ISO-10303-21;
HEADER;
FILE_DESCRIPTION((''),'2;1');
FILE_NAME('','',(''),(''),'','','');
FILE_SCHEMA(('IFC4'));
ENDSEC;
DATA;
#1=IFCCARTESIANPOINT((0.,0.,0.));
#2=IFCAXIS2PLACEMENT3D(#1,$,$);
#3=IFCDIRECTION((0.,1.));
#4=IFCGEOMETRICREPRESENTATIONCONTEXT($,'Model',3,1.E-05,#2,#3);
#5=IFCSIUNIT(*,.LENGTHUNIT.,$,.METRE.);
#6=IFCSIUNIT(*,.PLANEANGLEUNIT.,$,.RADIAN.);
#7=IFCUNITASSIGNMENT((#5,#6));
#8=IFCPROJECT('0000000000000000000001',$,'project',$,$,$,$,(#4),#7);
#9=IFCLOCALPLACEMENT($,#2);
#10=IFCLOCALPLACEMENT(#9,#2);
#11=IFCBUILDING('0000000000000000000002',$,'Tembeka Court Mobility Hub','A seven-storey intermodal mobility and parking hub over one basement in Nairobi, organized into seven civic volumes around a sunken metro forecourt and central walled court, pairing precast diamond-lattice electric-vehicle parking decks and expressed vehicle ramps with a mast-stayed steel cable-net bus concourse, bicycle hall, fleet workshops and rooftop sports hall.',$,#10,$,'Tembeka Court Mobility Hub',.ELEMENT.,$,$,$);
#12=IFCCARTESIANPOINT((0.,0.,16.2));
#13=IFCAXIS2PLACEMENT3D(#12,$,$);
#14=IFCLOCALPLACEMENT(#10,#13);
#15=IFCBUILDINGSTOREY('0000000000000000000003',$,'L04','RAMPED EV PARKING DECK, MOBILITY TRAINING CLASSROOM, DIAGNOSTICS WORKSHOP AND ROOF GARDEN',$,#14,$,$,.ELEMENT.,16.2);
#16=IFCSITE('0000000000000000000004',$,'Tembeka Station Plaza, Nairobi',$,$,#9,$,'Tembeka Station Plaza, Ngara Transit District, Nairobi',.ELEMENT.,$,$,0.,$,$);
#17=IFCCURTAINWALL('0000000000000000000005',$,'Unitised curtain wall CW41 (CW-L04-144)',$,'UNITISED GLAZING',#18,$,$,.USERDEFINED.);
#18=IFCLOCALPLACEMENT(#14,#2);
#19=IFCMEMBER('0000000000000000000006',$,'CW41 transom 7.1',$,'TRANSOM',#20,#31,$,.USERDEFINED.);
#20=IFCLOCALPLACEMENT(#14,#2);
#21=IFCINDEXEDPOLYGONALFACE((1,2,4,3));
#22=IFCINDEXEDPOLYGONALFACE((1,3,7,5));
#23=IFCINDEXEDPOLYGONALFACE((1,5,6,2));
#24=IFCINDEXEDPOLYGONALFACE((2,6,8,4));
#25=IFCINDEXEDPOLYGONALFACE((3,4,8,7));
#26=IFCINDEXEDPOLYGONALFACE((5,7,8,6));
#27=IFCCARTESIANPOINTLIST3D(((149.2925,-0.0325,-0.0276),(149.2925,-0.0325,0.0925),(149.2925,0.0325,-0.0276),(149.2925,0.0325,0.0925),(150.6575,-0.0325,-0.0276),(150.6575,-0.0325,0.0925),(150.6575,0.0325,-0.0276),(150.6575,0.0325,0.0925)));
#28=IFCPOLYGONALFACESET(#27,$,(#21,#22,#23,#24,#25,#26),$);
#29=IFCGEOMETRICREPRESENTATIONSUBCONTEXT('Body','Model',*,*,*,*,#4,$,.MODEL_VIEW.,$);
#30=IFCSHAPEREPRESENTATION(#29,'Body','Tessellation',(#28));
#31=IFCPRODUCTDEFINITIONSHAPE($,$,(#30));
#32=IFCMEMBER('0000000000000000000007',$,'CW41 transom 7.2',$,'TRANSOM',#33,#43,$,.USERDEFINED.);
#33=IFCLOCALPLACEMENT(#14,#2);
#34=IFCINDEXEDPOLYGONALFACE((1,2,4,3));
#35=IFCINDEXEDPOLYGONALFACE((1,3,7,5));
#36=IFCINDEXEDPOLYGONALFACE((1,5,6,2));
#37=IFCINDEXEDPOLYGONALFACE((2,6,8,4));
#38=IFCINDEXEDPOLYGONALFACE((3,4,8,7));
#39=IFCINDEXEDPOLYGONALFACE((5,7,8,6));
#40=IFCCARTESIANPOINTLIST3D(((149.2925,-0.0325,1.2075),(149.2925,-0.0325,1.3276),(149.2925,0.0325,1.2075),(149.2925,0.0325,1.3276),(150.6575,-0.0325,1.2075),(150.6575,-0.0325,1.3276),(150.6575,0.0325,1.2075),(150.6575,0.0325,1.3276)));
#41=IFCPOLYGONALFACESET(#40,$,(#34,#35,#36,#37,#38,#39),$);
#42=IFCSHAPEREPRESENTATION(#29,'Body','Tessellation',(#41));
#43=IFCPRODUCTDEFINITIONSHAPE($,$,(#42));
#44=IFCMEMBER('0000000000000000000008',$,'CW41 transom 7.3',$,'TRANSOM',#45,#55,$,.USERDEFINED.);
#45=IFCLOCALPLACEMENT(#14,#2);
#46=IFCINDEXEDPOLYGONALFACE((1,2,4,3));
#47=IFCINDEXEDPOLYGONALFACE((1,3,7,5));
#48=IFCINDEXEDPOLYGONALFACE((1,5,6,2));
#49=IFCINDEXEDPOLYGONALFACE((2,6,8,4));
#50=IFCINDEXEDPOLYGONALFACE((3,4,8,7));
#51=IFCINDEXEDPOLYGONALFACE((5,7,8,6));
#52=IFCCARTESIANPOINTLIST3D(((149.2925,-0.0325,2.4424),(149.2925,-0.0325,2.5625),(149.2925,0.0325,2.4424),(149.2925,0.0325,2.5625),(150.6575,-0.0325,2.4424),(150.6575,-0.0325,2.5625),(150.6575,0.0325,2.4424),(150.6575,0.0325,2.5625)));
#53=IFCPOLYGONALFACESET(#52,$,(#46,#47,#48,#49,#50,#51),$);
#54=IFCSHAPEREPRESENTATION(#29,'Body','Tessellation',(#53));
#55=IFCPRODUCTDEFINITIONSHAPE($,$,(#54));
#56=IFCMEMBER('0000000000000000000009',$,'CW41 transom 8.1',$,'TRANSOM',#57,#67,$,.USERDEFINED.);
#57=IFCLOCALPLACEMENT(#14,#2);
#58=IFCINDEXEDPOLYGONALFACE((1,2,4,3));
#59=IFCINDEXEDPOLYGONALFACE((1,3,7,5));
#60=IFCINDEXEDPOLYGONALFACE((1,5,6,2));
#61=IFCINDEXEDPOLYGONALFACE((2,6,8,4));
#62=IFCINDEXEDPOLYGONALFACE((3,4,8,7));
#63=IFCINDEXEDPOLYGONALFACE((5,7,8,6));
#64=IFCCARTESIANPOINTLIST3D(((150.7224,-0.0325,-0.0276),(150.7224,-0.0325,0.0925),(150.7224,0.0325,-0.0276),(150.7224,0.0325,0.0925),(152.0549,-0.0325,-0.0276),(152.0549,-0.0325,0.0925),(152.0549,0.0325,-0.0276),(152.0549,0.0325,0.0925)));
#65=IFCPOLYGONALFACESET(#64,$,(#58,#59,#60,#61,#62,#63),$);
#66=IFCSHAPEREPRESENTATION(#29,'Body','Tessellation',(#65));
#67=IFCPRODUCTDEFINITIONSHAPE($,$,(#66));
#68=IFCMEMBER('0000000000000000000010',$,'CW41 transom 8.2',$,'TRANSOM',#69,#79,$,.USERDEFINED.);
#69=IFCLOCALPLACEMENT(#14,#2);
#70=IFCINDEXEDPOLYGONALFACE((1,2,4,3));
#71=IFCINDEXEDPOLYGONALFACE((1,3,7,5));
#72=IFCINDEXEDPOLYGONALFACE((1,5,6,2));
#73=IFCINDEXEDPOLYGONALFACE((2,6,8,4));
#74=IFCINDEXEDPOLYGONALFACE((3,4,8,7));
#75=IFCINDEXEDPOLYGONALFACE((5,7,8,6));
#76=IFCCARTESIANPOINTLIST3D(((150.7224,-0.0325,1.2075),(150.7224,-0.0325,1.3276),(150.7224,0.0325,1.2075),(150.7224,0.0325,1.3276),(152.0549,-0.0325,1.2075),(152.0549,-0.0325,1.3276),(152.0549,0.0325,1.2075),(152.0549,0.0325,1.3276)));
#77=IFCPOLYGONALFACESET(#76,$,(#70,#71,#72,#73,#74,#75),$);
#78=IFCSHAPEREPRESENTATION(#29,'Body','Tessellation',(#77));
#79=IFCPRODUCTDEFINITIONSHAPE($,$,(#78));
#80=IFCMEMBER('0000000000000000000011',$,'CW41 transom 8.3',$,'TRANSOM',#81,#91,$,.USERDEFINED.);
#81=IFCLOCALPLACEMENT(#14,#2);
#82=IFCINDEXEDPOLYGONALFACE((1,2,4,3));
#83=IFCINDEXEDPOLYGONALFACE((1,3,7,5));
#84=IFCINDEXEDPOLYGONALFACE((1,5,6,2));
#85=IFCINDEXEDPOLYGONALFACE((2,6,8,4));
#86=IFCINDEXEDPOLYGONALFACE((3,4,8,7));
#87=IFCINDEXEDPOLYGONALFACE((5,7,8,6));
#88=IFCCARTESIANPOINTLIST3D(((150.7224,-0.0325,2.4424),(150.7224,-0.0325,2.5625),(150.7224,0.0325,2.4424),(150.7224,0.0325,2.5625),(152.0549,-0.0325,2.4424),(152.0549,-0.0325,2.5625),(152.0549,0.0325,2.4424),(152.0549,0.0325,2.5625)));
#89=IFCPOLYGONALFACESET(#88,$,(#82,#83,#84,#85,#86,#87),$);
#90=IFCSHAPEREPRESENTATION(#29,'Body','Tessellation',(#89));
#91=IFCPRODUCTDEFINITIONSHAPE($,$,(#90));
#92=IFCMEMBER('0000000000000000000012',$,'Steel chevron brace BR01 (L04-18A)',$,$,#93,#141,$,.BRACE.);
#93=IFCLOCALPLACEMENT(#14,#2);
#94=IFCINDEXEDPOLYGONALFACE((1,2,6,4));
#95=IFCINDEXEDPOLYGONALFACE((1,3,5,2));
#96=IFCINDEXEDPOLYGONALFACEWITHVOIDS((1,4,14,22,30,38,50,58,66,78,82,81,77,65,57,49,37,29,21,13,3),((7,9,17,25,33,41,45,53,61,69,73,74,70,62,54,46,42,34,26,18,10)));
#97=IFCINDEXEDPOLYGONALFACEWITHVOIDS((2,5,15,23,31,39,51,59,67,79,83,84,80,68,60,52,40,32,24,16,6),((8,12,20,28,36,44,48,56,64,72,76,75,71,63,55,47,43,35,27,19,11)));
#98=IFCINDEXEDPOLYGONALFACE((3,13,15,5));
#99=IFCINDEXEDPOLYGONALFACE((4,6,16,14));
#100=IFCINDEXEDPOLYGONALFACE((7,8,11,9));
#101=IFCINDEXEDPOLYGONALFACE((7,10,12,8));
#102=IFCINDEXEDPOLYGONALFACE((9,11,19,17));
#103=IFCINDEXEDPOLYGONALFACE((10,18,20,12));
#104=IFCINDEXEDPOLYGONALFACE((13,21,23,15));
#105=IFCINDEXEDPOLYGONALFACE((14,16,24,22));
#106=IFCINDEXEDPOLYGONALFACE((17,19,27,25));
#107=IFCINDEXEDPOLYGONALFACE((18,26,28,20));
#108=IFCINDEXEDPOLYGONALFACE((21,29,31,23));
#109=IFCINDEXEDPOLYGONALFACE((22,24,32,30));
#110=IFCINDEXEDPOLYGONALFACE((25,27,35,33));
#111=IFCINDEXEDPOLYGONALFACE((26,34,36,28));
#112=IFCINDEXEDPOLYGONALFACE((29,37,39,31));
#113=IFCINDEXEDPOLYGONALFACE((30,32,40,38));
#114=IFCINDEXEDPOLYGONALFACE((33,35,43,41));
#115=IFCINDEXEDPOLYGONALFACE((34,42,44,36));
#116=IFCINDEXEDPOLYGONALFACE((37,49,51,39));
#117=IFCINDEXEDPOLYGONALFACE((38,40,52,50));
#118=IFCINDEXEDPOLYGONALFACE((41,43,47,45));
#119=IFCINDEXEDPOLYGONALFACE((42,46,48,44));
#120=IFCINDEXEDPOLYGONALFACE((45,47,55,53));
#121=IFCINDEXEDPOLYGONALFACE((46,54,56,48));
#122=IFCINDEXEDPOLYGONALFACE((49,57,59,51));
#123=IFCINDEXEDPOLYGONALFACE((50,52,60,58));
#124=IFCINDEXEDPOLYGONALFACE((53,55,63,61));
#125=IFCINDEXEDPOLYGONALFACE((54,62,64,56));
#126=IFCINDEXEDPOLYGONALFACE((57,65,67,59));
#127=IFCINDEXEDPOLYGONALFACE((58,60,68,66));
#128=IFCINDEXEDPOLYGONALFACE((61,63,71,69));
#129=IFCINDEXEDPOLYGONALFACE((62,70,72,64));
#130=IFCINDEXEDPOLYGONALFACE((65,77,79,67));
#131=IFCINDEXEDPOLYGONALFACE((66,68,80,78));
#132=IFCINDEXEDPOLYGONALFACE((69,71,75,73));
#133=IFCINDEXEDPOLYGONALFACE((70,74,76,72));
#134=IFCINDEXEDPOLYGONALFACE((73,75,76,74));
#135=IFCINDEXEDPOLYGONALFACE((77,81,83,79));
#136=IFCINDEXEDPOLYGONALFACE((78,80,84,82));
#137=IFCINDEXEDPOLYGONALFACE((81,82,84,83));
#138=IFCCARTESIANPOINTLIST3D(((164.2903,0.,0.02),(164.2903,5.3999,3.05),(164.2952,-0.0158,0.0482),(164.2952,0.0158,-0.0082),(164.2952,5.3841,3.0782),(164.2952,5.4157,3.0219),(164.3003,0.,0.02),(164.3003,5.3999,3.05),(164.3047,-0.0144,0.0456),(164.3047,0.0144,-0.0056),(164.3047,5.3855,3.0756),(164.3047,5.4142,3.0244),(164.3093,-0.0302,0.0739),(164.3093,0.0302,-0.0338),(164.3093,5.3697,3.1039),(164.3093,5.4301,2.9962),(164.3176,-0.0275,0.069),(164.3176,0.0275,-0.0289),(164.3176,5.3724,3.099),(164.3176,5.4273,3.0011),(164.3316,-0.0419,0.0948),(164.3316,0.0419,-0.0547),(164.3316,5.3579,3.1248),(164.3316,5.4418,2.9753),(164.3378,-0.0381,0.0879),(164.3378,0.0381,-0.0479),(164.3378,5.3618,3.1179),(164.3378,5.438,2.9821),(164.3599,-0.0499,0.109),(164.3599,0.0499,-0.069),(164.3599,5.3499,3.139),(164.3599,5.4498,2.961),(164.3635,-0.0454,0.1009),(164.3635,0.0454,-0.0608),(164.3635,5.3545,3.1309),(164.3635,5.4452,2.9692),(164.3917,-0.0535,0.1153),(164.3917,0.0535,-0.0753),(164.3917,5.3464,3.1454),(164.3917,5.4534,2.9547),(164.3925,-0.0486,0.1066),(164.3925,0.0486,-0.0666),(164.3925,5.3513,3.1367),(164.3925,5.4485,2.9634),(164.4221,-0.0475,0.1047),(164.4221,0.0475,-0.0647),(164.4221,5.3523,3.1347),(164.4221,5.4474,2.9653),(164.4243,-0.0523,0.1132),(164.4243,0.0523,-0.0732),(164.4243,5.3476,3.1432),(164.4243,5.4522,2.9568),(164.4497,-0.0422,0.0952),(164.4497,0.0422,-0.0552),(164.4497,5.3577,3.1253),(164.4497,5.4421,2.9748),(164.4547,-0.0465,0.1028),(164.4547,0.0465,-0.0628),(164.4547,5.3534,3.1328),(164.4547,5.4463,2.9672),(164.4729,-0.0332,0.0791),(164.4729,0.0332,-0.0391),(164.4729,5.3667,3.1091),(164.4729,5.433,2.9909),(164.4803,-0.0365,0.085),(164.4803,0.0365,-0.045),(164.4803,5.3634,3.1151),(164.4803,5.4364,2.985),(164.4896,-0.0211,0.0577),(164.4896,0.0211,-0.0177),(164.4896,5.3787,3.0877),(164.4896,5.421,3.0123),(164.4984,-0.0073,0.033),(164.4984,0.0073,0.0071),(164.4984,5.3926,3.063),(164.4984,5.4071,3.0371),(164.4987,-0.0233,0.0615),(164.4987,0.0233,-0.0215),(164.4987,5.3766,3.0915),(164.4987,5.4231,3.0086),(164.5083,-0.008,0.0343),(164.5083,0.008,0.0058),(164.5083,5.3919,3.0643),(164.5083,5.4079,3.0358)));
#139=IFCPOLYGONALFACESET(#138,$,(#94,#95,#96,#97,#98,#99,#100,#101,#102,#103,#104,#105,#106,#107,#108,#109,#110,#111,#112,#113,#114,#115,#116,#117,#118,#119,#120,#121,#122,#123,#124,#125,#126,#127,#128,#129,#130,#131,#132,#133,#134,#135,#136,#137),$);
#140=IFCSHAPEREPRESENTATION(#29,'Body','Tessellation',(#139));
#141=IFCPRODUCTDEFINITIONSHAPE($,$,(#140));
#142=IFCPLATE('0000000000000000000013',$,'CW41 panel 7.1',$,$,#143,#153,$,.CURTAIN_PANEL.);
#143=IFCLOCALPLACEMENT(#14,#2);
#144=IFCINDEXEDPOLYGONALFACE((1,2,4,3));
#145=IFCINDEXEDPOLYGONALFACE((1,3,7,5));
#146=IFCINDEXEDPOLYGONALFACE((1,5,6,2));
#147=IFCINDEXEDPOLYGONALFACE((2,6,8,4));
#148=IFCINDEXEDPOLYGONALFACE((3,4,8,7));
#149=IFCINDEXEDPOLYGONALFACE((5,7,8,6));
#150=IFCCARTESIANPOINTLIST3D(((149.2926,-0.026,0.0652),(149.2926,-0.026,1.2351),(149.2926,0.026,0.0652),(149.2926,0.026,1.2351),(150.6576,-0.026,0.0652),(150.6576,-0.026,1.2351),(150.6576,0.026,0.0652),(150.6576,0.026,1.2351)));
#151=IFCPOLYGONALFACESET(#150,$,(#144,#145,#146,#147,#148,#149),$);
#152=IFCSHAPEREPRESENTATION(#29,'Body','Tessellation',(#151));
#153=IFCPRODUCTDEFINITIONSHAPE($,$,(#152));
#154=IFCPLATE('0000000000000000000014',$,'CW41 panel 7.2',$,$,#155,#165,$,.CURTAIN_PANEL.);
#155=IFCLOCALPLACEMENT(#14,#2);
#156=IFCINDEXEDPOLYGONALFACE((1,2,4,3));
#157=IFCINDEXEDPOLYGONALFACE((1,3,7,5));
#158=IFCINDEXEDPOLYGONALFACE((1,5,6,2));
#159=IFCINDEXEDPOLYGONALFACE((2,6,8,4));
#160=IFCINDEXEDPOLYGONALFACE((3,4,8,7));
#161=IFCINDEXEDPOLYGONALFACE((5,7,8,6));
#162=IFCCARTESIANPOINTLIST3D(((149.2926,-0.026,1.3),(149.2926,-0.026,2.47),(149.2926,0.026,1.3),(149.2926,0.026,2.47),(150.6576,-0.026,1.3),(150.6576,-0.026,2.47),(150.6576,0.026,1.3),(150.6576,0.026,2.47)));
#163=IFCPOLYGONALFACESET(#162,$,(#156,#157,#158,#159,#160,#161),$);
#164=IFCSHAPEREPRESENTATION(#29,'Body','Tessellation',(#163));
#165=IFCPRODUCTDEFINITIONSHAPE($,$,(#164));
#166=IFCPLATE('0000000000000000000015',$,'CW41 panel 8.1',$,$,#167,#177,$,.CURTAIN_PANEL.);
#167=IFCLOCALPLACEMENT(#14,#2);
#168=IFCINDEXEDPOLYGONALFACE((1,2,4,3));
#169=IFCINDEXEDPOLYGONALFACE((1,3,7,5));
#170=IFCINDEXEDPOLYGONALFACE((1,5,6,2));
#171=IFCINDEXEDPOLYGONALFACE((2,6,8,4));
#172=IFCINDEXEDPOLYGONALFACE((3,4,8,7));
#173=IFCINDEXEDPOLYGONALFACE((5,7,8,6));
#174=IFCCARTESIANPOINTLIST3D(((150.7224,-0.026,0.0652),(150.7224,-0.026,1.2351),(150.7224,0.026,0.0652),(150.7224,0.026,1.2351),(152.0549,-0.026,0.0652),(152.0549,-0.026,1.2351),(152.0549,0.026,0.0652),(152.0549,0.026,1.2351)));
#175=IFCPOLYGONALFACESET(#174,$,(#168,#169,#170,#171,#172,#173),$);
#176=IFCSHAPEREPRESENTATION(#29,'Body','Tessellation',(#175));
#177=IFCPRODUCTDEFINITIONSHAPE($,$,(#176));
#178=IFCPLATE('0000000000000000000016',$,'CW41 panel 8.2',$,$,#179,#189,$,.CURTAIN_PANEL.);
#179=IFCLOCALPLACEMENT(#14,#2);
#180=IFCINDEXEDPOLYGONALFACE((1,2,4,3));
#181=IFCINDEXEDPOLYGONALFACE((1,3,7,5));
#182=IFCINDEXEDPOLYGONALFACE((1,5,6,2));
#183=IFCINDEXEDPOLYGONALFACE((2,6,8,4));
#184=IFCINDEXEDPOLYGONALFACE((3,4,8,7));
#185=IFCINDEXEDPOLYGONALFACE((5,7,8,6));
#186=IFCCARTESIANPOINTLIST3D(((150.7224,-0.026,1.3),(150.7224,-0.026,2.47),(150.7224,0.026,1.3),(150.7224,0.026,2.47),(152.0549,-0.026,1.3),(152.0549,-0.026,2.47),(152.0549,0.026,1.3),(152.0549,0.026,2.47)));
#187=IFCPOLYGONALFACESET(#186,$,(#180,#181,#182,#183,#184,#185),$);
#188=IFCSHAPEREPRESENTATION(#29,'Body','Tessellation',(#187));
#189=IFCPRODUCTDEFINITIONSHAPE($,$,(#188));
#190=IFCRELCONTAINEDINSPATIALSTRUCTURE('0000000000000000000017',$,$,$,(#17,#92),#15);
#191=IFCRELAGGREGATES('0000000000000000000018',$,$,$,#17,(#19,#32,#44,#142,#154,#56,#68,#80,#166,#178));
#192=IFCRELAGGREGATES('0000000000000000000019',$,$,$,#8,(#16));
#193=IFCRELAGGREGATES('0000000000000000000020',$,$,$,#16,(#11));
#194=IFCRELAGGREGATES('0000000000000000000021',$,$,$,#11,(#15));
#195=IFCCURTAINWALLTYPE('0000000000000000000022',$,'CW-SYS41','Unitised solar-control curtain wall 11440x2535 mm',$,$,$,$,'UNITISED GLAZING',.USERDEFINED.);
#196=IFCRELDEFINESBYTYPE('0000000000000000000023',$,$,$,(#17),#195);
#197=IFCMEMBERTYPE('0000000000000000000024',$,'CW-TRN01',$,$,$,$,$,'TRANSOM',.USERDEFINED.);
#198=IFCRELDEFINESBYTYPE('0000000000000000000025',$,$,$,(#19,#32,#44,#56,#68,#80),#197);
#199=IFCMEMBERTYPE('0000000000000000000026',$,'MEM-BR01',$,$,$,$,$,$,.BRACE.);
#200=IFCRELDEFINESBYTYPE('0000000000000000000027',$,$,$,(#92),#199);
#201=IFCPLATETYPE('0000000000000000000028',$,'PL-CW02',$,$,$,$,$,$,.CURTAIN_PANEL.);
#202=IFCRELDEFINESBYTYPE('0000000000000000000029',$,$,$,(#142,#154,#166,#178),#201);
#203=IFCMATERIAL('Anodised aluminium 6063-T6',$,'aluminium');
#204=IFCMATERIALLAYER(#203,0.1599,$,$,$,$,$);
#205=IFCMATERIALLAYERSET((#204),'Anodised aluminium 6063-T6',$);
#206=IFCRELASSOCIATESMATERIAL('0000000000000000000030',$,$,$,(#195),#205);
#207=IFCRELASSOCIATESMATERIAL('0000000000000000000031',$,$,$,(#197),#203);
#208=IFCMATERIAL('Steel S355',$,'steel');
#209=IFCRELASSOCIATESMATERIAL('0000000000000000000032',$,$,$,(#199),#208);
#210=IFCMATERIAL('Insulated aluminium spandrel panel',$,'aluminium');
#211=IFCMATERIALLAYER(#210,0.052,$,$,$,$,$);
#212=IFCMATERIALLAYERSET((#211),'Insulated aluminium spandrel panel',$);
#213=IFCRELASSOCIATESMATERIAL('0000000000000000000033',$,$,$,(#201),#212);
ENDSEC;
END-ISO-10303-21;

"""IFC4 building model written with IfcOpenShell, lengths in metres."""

from ifc_helpers import new_model, si_unit, direction, frame, origin, origin_2d, place, context, subcontext, project, spatial, rectangle, hollow_circle, extrude, material, layer, layer_set, material_profile, profile_set, type_object, element, aggregate, save


model = new_model("IFC4")

# Units and contexts
model_context = context("Model", 3, precision=1e-05, world=origin(), true_north=direction((0.0, 1.0)))
body_context = subcontext(model_context, "Body", "Model", "MODEL_VIEW")
ifc_project = project(units=[si_unit("LENGTHUNIT", "METRE"), si_unit("PLANEANGLEUNIT", "RADIAN")], contexts=[model_context])

# Site, building, storey
site_placement = place(None, origin())
site = spatial("IfcSite", under=ifc_project, at=site_placement, Name="Tembeka Station Plaza, Nairobi", LongName="Tembeka Station Plaza, Ngara Transit District, Nairobi", CompositionType="ELEMENT", RefElevation=0.0)
building_placement = place(site_placement, origin())
building = spatial("IfcBuilding", under=site, at=building_placement, Name="Tembeka Court Mobility Hub", Description="A seven-storey intermodal mobility and parking hub over one basement in Nairobi, organized into seven civic volumes around a sunken metro forecourt and central walled court, pairing precast diamond-lattice electric-vehicle parking decks and expressed vehicle ramps with a mast-stayed steel cable-net bus concourse, bicycle hall, fleet workshops and rooftop sports hall.", LongName="Tembeka Court Mobility Hub", CompositionType="ELEMENT")
storey_placement = place(building_placement, frame((0.0, 0.0, 16.2)))
storey = spatial("IfcBuildingStorey", under=building, at=storey_placement, Name="L04", Description="RAMPED EV PARKING DECK, MOBILITY TRAINING CLASSROOM, DIAGNOSTICS WORKSHOP AND ROOF GARDEN", CompositionType="ELEMENT", Elevation=16.2)

# Shared definitions
ifc_material_1 = material(Name="Steel S355", Category="steel")

# Curtain wall, members
ifc_material_2 = material(Name="Anodised aluminium 6063-T6", Category="aluminium")
ifc_layer_1 = layer(ifc_material_2, 0.1599)
ifc_layer_set_1 = layer_set([ifc_layer_1], Name="Anodised aluminium 6063-T6")
curtain_wall_type = type_object("IfcCurtainWallType", Name="CW-SYS41", Description="Unitised solar-control curtain wall 11440x2535 mm", ElementType="UNITISED GLAZING", PredefinedType="USERDEFINED", material=ifc_layer_set_1)
curtain_wall_placement = place(storey_placement, origin())
curtain_wall = element("IfcCurtainWall", 1, at=curtain_wall_placement, inside=storey, type_object=curtain_wall_type, Name="Unitised curtain wall CW41 (CW-L04-144)", ObjectType="UNITISED GLAZING", PredefinedType="USERDEFINED")
ifc_material_profile_1 = material_profile(ifc_material_2, rectangle(XDim=0.0649, YDim=0.1201, at=origin_2d()), Name="ALU-TRN 65x120")
ifc_profile_set_1 = profile_set([ifc_material_profile_1], Name="Anodised aluminium 6063-T6")
member_type_1 = type_object("IfcMemberType", Name="CW-TRN01", ElementType="TRANSOM", PredefinedType="USERDEFINED", material=ifc_profile_set_1)
member_1_placement = place(storey_placement, frame((149.2925, 0.0, 0.0325), z_axis=(1.0, 0.0, 0.0), x_axis=(0.0, 1.0, 0.0)))
member_1 = element("IfcMember", 2, at=member_1_placement, type_object=member_type_1, Name="CW41 transom 7.1", ObjectType="TRANSOM", PredefinedType="USERDEFINED", context=body_context, shape_type="SweptSolid", body=[
    extrude(rectangle(XDim=0.0649, YDim=0.1201, at=origin_2d()), origin(), (0.0, 0.0, 1.0), 1.365),
])
member_2_placement = place(storey_placement, frame((149.2925, 0.0, 1.2676), z_axis=(1.0, 0.0, 0.0), x_axis=(0.0, 1.0, 0.0)))
member_2 = element("IfcMember", 3, at=member_2_placement, type_object=member_type_1, Name="CW41 transom 7.2", ObjectType="TRANSOM", PredefinedType="USERDEFINED", context=body_context, shape_type="SweptSolid", body=[
    extrude(rectangle(XDim=0.0649, YDim=0.1201, at=origin_2d()), origin(), (0.0, 0.0, 1.0), 1.365),
])
member_3_placement = place(storey_placement, frame((149.2925, 0.0, 2.5024), z_axis=(1.0, 0.0, 0.0), x_axis=(0.0, 1.0, 0.0)))
member_3 = element("IfcMember", 4, at=member_3_placement, type_object=member_type_1, Name="CW41 transom 7.3", ObjectType="TRANSOM", PredefinedType="USERDEFINED", context=body_context, shape_type="SweptSolid", body=[
    extrude(rectangle(XDim=0.0649, YDim=0.1201, at=origin_2d()), origin(), (0.0, 0.0, 1.0), 1.365),
])
member_4_placement = place(storey_placement, frame((150.7224, 0.0, 0.0325), z_axis=(1.0, 0.0, 0.0), x_axis=(0.0, 1.0, 0.0)))
member_4 = element("IfcMember", 5, at=member_4_placement, type_object=member_type_1, Name="CW41 transom 8.1", ObjectType="TRANSOM", PredefinedType="USERDEFINED", context=body_context, shape_type="SweptSolid", body=[
    extrude(rectangle(XDim=0.0649, YDim=0.1201, at=origin_2d()), origin(), (0.0, 0.0, 1.0), 1.3325),
])
member_5_placement = place(storey_placement, frame((150.7224, 0.0, 1.2676), z_axis=(1.0, 0.0, 0.0), x_axis=(0.0, 1.0, 0.0)))
member_5 = element("IfcMember", 6, at=member_5_placement, type_object=member_type_1, Name="CW41 transom 8.2", ObjectType="TRANSOM", PredefinedType="USERDEFINED", context=body_context, shape_type="SweptSolid", body=[
    extrude(rectangle(XDim=0.0649, YDim=0.1201, at=origin_2d()), origin(), (0.0, 0.0, 1.0), 1.3325),
])
member_6_placement = place(storey_placement, frame((150.7224, 0.0, 2.5024), z_axis=(1.0, 0.0, 0.0), x_axis=(0.0, 1.0, 0.0)))
member_6 = element("IfcMember", 7, at=member_6_placement, type_object=member_type_1, Name="CW41 transom 8.3", ObjectType="TRANSOM", PredefinedType="USERDEFINED", context=body_context, shape_type="SweptSolid", body=[
    extrude(rectangle(XDim=0.0649, YDim=0.1201, at=origin_2d()), origin(), (0.0, 0.0, 1.0), 1.3325),
])

# Member
ifc_material_profile_2 = material_profile(ifc_material_1, hollow_circle(Radius=0.1096, WallThickness=0.01, at=origin_2d()), Name="CHS 219.1x10")
ifc_profile_set_2 = profile_set([ifc_material_profile_2], Name="Steel S355")
member_type_2 = type_object("IfcMemberType", Name="MEM-BR01", PredefinedType="BRACE", material=ifc_profile_set_2)
member_7_placement = place(storey_placement, frame((164.3999, 0.0, 0.02), z_axis=(0.0, 0.872087, 0.489351), x_axis=(-1.0, 0.0, 0.0)))
element("IfcMember", 8, at=member_7_placement, inside=storey, type_object=member_type_2, Name="Steel chevron brace BR01 (L04-18A)", PredefinedType="BRACE", context=body_context, shape_type="SweptSolid", body=[
    extrude(hollow_circle(Radius=0.1096, WallThickness=0.01, at=origin_2d()), origin(), (0.0, 0.0, 1.0), 6.1919),
])

# Plates
ifc_material_3 = material(Name="Insulated aluminium spandrel panel", Category="aluminium")
ifc_layer_2 = layer(ifc_material_3, 0.052)
ifc_layer_set_2 = layer_set([ifc_layer_2], Name="Insulated aluminium spandrel panel")
plate_type_1 = type_object("IfcPlateType", Name="PL-CW02", PredefinedType="CURTAIN_PANEL", material=ifc_layer_set_2)
plate_1_placement = place(storey_placement, frame((149.9751, 0.0, 0.0652), z_axis=(0.0, 0.0, 1.0), x_axis=(1.0, 0.0, 0.0)))
plate_1 = element("IfcPlate", 9, at=plate_1_placement, type_object=plate_type_1, Name="CW41 panel 7.1", PredefinedType="CURTAIN_PANEL", context=body_context, shape_type="SweptSolid", body=[
    extrude(rectangle(XDim=1.365, YDim=0.052, at=origin_2d()), origin(), (0.0, 0.0, 1.0), 1.1699),
])
plate_2_placement = place(storey_placement, frame((149.9751, 0.0, 1.3), z_axis=(0.0, 0.0, 1.0), x_axis=(1.0, 0.0, 0.0)))
plate_2 = element("IfcPlate", 10, at=plate_2_placement, type_object=plate_type_1, Name="CW41 panel 7.2", PredefinedType="CURTAIN_PANEL", context=body_context, shape_type="SweptSolid", body=[
    extrude(rectangle(XDim=1.365, YDim=0.052, at=origin_2d()), origin(), (0.0, 0.0, 1.0), 1.1699),
])
plate_3_placement = place(storey_placement, frame((151.3887, 0.0, 0.0652), z_axis=(0.0, 0.0, 1.0), x_axis=(1.0, 0.0, 0.0)))
plate_3 = element("IfcPlate", 11, at=plate_3_placement, type_object=plate_type_1, Name="CW41 panel 8.1", PredefinedType="CURTAIN_PANEL", context=body_context, shape_type="SweptSolid", body=[
    extrude(rectangle(XDim=1.3325, YDim=0.052, at=origin_2d()), origin(), (0.0, 0.0, 1.0), 1.1699),
])
plate_4_placement = place(storey_placement, frame((151.3887, 0.0, 1.3), z_axis=(0.0, 0.0, 1.0), x_axis=(1.0, 0.0, 0.0)))
plate_4 = element("IfcPlate", 12, at=plate_4_placement, type_object=plate_type_1, Name="CW41 panel 8.2", PredefinedType="CURTAIN_PANEL", context=body_context, shape_type="SweptSolid", body=[
    extrude(rectangle(XDim=1.3325, YDim=0.052, at=origin_2d()), origin(), (0.0, 0.0, 1.0), 1.1699),
])
aggregate(curtain_wall, [member_1, member_2, member_3, plate_1, plate_2, member_4, member_5, member_6, plate_3, plate_4])

save(model, "model.ifc")
